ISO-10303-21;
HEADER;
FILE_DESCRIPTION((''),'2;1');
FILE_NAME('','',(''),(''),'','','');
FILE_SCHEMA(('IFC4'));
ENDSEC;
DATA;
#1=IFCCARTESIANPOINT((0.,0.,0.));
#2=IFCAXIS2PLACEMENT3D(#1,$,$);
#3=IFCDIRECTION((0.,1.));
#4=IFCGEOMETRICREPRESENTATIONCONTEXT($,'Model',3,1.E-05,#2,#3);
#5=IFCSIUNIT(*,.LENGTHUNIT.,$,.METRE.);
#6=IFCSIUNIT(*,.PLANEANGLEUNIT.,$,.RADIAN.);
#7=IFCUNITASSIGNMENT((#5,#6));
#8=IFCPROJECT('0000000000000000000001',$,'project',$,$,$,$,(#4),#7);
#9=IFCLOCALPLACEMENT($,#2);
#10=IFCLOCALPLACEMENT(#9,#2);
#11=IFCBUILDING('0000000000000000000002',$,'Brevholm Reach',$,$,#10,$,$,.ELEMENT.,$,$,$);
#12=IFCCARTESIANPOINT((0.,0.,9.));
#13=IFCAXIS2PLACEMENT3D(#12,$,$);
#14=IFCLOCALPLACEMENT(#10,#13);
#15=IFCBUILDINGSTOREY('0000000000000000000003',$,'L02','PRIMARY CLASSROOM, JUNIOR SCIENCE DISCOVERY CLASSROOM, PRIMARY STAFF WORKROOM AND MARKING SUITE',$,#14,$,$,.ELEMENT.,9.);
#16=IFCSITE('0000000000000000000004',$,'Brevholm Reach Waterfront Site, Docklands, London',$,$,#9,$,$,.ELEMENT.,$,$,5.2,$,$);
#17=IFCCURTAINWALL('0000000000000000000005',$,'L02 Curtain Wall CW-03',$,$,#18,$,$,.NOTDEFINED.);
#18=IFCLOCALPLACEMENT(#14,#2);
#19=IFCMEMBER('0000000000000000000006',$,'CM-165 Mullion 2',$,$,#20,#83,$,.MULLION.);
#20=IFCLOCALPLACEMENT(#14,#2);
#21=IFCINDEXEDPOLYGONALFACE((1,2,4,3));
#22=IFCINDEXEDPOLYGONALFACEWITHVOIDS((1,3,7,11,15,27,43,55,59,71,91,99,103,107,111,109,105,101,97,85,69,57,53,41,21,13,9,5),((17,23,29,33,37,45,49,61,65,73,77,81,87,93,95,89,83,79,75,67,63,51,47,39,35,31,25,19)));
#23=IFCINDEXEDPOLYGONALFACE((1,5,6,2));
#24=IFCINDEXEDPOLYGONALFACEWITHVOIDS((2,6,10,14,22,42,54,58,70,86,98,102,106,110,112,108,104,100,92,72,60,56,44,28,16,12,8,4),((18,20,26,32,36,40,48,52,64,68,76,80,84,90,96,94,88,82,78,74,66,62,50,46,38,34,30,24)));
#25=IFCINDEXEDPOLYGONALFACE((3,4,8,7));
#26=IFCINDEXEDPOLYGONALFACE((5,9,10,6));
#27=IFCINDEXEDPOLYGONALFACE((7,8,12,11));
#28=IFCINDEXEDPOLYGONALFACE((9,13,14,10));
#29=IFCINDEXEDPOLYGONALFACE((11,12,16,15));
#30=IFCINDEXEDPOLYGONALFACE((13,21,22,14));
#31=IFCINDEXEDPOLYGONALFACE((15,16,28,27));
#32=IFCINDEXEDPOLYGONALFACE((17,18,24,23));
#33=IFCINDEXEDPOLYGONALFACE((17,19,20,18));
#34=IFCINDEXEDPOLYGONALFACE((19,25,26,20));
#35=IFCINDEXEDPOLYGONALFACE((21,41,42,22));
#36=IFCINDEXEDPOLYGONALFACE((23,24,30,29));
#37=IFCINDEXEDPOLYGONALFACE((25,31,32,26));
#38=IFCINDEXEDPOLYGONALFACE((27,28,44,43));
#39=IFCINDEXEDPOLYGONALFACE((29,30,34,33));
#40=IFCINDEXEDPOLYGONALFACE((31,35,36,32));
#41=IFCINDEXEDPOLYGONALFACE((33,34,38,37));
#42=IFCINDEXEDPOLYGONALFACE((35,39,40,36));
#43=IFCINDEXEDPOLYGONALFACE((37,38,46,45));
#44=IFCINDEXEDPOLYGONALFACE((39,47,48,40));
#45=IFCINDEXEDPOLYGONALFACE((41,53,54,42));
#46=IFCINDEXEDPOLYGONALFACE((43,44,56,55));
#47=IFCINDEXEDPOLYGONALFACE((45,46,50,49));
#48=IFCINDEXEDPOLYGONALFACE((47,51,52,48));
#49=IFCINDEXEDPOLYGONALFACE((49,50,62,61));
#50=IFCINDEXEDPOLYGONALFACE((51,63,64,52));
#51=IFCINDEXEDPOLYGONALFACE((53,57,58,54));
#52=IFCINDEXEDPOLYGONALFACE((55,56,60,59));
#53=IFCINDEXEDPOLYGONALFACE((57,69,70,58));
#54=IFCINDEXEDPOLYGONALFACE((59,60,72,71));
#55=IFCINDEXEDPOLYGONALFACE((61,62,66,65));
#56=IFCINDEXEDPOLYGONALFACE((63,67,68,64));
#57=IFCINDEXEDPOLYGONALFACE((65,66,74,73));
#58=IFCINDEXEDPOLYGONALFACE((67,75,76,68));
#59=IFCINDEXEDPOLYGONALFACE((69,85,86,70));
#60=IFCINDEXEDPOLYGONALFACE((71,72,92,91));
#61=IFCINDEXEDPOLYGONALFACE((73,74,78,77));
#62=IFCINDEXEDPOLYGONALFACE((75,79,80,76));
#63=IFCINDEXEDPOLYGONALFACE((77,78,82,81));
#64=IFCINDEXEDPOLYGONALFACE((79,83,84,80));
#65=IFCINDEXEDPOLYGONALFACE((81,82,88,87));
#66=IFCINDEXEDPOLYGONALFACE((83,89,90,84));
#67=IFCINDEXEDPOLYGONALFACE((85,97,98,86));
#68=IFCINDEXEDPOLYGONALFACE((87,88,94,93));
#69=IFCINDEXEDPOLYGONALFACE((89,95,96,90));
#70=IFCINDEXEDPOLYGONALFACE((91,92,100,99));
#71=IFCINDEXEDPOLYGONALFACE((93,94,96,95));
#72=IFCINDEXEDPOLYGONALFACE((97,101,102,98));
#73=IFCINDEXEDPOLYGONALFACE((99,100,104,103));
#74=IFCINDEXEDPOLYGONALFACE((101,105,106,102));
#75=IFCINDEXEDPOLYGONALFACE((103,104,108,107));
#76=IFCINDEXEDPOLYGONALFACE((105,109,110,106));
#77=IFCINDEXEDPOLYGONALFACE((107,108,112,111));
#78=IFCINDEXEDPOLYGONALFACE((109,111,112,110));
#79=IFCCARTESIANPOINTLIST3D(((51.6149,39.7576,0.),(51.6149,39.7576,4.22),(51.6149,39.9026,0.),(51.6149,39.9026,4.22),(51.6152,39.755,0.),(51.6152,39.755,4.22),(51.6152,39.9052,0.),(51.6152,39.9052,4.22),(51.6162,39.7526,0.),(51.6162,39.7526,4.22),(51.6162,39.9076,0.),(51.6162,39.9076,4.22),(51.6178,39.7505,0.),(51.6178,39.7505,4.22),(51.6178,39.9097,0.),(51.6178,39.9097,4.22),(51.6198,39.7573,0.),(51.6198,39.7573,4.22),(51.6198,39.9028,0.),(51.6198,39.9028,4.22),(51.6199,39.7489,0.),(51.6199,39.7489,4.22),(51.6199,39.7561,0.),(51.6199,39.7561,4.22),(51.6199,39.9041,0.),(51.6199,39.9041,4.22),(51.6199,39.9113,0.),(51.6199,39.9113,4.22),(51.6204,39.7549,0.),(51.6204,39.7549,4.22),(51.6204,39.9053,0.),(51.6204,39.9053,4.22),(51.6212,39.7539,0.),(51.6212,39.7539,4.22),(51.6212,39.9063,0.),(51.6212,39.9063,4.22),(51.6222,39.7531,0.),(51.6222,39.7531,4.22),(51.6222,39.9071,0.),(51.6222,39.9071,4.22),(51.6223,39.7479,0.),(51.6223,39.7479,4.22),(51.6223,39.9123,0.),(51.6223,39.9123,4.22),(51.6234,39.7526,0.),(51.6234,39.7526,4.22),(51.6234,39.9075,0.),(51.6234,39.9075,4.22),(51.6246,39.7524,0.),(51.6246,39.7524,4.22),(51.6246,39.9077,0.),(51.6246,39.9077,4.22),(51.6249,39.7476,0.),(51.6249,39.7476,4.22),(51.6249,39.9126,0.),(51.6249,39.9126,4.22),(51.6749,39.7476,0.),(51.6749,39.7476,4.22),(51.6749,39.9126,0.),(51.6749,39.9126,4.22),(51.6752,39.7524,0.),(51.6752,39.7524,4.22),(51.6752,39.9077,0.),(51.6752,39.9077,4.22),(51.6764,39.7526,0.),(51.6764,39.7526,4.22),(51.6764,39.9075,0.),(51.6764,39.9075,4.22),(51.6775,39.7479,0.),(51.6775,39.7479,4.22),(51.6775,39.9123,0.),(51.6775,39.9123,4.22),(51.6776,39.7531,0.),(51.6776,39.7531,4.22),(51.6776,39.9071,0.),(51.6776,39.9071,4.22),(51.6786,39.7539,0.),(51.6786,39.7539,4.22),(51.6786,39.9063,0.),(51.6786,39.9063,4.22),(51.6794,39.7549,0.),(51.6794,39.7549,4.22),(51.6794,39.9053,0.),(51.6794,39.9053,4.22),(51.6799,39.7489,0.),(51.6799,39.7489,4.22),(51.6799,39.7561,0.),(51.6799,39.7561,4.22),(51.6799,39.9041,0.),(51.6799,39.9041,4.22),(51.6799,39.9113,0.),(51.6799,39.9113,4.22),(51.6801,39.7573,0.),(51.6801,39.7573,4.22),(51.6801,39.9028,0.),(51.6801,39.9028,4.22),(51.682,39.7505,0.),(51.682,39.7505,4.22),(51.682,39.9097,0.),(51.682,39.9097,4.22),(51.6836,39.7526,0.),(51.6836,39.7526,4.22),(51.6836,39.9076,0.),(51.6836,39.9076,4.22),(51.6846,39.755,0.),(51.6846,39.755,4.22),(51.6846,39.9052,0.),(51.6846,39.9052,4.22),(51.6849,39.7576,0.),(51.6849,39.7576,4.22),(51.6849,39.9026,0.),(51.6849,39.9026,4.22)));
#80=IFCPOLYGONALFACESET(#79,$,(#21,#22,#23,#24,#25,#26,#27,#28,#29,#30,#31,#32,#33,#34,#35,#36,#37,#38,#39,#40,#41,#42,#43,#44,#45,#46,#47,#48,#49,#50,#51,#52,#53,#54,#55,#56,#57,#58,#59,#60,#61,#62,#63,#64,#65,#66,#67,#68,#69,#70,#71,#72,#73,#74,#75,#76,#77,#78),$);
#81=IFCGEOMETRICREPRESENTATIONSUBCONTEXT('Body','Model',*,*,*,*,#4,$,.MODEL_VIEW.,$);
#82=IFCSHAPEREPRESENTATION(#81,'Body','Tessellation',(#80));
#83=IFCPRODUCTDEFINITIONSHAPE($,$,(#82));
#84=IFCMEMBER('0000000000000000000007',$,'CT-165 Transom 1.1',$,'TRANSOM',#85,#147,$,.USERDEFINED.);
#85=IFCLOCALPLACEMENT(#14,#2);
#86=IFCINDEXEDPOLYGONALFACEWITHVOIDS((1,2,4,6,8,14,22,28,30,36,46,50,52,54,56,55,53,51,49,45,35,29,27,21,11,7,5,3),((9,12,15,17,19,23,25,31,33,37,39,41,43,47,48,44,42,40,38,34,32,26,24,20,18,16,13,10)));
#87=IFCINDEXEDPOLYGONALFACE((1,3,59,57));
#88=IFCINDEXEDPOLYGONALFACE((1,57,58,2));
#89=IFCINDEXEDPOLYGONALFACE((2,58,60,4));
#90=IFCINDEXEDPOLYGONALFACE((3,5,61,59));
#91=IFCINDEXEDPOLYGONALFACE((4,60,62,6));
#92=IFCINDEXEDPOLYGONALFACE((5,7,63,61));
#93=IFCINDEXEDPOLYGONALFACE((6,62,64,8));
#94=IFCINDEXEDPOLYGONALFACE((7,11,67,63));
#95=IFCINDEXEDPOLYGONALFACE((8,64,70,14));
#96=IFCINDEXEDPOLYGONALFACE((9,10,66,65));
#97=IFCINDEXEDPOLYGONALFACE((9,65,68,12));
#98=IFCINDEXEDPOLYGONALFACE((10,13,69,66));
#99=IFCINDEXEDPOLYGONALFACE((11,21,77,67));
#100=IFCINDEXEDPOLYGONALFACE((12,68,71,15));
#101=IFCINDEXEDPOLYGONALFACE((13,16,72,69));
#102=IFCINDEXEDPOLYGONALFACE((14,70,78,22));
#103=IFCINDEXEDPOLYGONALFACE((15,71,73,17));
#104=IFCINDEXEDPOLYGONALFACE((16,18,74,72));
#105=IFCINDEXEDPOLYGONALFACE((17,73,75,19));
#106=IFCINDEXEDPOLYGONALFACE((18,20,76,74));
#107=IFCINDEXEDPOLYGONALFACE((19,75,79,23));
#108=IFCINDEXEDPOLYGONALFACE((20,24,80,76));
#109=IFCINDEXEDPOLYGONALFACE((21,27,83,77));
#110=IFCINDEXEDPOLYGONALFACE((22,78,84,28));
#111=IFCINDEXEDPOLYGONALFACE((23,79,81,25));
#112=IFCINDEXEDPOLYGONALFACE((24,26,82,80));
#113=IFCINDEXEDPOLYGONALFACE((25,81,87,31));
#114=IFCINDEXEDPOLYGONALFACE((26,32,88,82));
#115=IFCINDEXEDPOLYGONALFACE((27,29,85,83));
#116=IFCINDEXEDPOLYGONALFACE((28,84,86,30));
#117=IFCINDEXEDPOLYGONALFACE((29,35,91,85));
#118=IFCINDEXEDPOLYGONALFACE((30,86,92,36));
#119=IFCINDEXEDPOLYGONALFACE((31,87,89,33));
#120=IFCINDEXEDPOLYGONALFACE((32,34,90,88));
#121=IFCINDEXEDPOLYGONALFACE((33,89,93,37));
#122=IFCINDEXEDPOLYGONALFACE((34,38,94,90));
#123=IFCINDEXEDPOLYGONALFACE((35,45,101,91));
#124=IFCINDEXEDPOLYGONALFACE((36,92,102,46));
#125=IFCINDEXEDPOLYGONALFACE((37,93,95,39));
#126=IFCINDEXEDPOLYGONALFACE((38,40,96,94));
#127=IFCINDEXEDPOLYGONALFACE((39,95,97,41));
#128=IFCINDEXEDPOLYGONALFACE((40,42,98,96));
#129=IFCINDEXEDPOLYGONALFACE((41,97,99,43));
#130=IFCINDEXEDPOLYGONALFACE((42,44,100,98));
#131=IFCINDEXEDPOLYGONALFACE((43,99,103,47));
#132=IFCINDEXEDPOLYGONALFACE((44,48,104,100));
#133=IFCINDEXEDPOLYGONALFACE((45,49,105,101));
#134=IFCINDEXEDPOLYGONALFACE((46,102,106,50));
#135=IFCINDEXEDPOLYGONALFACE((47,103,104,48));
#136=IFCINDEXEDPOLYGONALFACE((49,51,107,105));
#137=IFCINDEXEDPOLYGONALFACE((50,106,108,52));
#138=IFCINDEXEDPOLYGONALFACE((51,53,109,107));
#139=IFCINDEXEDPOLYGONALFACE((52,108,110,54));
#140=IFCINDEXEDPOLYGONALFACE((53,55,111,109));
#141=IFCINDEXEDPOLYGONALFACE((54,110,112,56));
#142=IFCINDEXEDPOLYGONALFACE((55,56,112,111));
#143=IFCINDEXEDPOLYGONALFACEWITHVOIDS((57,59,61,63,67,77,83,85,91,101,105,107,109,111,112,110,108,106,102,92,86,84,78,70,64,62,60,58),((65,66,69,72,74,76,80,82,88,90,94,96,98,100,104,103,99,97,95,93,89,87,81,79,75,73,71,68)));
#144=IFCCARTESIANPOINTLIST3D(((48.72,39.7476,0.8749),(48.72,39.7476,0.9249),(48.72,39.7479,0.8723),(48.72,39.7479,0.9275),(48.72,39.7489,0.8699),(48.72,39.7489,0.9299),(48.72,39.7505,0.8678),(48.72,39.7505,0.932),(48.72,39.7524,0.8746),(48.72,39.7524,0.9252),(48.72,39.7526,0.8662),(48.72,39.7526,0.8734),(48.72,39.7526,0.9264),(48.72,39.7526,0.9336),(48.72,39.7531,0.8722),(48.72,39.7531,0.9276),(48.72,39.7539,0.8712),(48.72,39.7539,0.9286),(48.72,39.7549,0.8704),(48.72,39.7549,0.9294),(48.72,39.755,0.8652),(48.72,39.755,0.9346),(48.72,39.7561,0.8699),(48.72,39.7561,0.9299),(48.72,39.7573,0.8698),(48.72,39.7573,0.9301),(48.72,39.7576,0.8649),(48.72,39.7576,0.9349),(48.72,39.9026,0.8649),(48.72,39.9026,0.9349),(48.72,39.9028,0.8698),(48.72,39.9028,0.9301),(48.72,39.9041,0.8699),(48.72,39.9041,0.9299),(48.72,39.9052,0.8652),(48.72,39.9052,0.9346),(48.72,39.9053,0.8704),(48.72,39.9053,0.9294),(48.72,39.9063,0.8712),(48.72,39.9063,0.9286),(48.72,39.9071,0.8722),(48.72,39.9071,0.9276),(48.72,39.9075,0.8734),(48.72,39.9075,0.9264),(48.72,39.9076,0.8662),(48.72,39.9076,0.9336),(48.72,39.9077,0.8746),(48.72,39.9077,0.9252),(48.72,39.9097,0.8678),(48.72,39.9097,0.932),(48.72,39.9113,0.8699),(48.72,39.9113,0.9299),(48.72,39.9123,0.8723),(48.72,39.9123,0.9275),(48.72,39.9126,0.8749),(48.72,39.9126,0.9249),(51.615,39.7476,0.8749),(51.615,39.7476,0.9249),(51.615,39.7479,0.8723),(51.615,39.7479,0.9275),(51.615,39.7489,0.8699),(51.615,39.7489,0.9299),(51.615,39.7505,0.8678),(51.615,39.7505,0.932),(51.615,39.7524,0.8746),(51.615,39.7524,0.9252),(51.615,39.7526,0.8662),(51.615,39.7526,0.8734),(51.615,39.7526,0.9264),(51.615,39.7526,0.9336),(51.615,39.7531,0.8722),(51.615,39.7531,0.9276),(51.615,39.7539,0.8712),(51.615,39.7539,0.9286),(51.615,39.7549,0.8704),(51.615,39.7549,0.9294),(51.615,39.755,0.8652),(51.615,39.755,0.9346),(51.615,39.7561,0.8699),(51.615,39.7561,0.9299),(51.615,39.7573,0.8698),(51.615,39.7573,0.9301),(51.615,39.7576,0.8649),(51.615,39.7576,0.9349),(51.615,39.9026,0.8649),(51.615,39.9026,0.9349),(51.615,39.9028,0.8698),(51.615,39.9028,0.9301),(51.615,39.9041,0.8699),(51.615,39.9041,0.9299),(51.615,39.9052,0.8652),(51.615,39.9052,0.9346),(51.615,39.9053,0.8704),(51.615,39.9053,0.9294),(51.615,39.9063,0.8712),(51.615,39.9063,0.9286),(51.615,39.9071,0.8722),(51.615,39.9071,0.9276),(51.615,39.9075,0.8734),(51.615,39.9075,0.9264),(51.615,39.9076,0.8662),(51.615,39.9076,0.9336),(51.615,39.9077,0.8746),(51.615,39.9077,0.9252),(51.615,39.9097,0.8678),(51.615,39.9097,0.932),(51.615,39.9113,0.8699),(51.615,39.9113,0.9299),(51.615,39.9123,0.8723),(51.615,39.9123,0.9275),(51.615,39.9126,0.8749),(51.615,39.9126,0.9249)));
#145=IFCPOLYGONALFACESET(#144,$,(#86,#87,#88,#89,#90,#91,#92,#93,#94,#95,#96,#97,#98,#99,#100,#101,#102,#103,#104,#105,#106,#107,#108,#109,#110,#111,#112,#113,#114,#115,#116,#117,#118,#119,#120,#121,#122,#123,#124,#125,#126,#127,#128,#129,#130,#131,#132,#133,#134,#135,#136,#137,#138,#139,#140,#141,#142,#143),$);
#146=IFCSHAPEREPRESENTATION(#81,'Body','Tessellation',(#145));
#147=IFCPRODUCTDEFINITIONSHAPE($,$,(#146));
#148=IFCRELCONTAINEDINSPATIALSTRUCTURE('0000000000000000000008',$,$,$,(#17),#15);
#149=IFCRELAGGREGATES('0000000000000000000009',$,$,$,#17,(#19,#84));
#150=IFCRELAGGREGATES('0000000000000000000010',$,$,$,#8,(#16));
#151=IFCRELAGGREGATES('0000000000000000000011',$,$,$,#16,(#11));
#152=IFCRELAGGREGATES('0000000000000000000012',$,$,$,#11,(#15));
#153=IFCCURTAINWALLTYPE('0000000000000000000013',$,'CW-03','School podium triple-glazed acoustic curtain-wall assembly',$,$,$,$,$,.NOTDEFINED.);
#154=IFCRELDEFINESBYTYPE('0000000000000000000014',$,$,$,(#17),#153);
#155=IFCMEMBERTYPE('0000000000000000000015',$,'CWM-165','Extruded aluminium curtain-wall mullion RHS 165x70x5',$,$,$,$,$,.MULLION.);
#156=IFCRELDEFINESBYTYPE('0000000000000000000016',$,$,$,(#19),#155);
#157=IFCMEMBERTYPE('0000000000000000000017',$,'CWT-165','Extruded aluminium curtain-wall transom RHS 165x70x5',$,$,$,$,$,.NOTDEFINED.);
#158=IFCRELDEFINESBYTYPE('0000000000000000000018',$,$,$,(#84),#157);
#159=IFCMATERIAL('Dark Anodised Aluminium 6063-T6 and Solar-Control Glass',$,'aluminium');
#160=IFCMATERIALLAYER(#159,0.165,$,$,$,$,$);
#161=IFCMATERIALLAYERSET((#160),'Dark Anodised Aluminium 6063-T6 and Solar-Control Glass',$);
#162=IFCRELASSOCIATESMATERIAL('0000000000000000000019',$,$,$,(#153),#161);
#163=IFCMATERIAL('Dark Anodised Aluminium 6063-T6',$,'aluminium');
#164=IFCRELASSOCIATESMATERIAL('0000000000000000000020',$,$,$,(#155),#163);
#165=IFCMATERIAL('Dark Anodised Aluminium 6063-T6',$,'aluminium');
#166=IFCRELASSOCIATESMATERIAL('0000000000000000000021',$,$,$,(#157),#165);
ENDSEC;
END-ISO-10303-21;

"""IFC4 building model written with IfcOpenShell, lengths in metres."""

from ifc_helpers import new_model, si_unit, direction, frame, origin, origin_2d, place, context, subcontext, project, spatial, hollow_rectangle, extrude, material, layer, layer_set, material_profile, profile_set, type_object, element, aggregate, save


model = new_model("IFC4")

# Units and contexts
model_context = context("Model", 3, precision=1e-05, world=origin(), true_north=direction((0.0, 1.0)))
body_context = subcontext(model_context, "Body", "Model", "MODEL_VIEW")
ifc_project = project(units=[si_unit("LENGTHUNIT", "METRE"), si_unit("PLANEANGLEUNIT", "RADIAN")], contexts=[model_context])

# Site, building, storey
site_placement = place(None, origin())
site = spatial("IfcSite", under=ifc_project, at=site_placement, Name="Brevholm Reach Waterfront Site, Docklands, London", CompositionType="ELEMENT", RefElevation=5.2)
building_placement = place(site_placement, origin())
building = spatial("IfcBuilding", under=site, at=building_placement, Name="Brevholm Reach", CompositionType="ELEMENT")
storey_placement = place(building_placement, frame((0.0, 0.0, 9.0)))
storey = spatial("IfcBuildingStorey", under=building, at=storey_placement, Name="L02", Description="PRIMARY CLASSROOM, JUNIOR SCIENCE DISCOVERY CLASSROOM, PRIMARY STAFF WORKROOM AND MARKING SUITE", CompositionType="ELEMENT", Elevation=9.0)

# Shared definitions
ifc_material_1 = material(Name="Dark Anodised Aluminium 6063-T6 and Solar-Control Glass", Category="aluminium")
ifc_layer_1 = layer(ifc_material_1, 0.165)
ifc_layer_set_1 = layer_set([ifc_layer_1], Name="Dark Anodised Aluminium 6063-T6 and Solar-Control Glass")
curtain_wall_type = type_object("IfcCurtainWallType", Name="CW-03", Description="School podium triple-glazed acoustic curtain-wall assembly", PredefinedType="NOTDEFINED", material=ifc_layer_set_1)
ifc_material_2 = material(Name="Dark Anodised Aluminium 6063-T6", Category="aluminium")
ifc_material_profile_1 = material_profile(ifc_material_2, hollow_rectangle(XDim=0.0701, YDim=0.165, WallThickness=0.0049, InnerFilletRadius=0.0049, OuterFilletRadius=0.01, at=origin_2d()), Name="RHS 165x70x5")
ifc_profile_set_1 = profile_set([ifc_material_profile_1], Name="Dark Anodised Aluminium 6063-T6")
member_type_1 = type_object("IfcMemberType", Name="CWM-165", Description="Extruded aluminium curtain-wall mullion RHS 165x70x5", PredefinedType="MULLION", material=ifc_profile_set_1)

# Curtain wall, members
curtain_wall_1_placement = place(storey_placement, origin())
curtain_wall_1 = element("IfcCurtainWall", 1, at=curtain_wall_1_placement, inside=storey, type_object=curtain_wall_type, Name="L02 Curtain Wall CW-03", PredefinedType="NOTDEFINED")
member_1_placement = place(storey_placement, frame((51.6499, 39.8301, 0.0), z_axis=(0.0, 0.0, 1.0), x_axis=(1.0, 0.0, 0.0)))
member_1 = element("IfcMember", 2, at=member_1_placement, type_object=member_type_1, Name="CM-165 Mullion 2", PredefinedType="MULLION", context=body_context, shape_type="SweptSolid", body=[
    extrude(hollow_rectangle(XDim=0.0701, YDim=0.165, WallThickness=0.0049, InnerFilletRadius=0.0049, OuterFilletRadius=0.01, at=origin_2d()), origin(), (0.0, 0.0, 1.0), 4.22),
])
ifc_material_3 = material(Name="Dark Anodised Aluminium 6063-T6", Category="aluminium")
ifc_material_profile_2 = material_profile(ifc_material_3, hollow_rectangle(XDim=0.0701, YDim=0.165, WallThickness=0.0049, InnerFilletRadius=0.0049, OuterFilletRadius=0.01, at=origin_2d()), Name="RHS 165x70x5")
ifc_profile_set_2 = profile_set([ifc_material_profile_2], Name="Dark Anodised Aluminium 6063-T6")
member_type_2 = type_object("IfcMemberType", Name="CWT-165", Description="Extruded aluminium curtain-wall transom RHS 165x70x5", PredefinedType="NOTDEFINED", material=ifc_profile_set_2)
member_2_placement = place(storey_placement, frame((48.72, 39.8301, 0.8999), z_axis=(1.0, 0.0, 0.0), x_axis=(0.0, 0.0, 1.0)))
member_2 = element("IfcMember", 3, at=member_2_placement, type_object=member_type_2, Name="CT-165 Transom 1.1", ObjectType="TRANSOM", PredefinedType="USERDEFINED", context=body_context, shape_type="SweptSolid", body=[
    extrude(hollow_rectangle(XDim=0.0701, YDim=0.165, WallThickness=0.0049, InnerFilletRadius=0.0049, OuterFilletRadius=0.01, at=origin_2d()), origin(), (0.0, 0.0, 1.0), 2.895),
])
aggregate(curtain_wall_1, [member_1, member_2])

save(model, "model.ifc")
